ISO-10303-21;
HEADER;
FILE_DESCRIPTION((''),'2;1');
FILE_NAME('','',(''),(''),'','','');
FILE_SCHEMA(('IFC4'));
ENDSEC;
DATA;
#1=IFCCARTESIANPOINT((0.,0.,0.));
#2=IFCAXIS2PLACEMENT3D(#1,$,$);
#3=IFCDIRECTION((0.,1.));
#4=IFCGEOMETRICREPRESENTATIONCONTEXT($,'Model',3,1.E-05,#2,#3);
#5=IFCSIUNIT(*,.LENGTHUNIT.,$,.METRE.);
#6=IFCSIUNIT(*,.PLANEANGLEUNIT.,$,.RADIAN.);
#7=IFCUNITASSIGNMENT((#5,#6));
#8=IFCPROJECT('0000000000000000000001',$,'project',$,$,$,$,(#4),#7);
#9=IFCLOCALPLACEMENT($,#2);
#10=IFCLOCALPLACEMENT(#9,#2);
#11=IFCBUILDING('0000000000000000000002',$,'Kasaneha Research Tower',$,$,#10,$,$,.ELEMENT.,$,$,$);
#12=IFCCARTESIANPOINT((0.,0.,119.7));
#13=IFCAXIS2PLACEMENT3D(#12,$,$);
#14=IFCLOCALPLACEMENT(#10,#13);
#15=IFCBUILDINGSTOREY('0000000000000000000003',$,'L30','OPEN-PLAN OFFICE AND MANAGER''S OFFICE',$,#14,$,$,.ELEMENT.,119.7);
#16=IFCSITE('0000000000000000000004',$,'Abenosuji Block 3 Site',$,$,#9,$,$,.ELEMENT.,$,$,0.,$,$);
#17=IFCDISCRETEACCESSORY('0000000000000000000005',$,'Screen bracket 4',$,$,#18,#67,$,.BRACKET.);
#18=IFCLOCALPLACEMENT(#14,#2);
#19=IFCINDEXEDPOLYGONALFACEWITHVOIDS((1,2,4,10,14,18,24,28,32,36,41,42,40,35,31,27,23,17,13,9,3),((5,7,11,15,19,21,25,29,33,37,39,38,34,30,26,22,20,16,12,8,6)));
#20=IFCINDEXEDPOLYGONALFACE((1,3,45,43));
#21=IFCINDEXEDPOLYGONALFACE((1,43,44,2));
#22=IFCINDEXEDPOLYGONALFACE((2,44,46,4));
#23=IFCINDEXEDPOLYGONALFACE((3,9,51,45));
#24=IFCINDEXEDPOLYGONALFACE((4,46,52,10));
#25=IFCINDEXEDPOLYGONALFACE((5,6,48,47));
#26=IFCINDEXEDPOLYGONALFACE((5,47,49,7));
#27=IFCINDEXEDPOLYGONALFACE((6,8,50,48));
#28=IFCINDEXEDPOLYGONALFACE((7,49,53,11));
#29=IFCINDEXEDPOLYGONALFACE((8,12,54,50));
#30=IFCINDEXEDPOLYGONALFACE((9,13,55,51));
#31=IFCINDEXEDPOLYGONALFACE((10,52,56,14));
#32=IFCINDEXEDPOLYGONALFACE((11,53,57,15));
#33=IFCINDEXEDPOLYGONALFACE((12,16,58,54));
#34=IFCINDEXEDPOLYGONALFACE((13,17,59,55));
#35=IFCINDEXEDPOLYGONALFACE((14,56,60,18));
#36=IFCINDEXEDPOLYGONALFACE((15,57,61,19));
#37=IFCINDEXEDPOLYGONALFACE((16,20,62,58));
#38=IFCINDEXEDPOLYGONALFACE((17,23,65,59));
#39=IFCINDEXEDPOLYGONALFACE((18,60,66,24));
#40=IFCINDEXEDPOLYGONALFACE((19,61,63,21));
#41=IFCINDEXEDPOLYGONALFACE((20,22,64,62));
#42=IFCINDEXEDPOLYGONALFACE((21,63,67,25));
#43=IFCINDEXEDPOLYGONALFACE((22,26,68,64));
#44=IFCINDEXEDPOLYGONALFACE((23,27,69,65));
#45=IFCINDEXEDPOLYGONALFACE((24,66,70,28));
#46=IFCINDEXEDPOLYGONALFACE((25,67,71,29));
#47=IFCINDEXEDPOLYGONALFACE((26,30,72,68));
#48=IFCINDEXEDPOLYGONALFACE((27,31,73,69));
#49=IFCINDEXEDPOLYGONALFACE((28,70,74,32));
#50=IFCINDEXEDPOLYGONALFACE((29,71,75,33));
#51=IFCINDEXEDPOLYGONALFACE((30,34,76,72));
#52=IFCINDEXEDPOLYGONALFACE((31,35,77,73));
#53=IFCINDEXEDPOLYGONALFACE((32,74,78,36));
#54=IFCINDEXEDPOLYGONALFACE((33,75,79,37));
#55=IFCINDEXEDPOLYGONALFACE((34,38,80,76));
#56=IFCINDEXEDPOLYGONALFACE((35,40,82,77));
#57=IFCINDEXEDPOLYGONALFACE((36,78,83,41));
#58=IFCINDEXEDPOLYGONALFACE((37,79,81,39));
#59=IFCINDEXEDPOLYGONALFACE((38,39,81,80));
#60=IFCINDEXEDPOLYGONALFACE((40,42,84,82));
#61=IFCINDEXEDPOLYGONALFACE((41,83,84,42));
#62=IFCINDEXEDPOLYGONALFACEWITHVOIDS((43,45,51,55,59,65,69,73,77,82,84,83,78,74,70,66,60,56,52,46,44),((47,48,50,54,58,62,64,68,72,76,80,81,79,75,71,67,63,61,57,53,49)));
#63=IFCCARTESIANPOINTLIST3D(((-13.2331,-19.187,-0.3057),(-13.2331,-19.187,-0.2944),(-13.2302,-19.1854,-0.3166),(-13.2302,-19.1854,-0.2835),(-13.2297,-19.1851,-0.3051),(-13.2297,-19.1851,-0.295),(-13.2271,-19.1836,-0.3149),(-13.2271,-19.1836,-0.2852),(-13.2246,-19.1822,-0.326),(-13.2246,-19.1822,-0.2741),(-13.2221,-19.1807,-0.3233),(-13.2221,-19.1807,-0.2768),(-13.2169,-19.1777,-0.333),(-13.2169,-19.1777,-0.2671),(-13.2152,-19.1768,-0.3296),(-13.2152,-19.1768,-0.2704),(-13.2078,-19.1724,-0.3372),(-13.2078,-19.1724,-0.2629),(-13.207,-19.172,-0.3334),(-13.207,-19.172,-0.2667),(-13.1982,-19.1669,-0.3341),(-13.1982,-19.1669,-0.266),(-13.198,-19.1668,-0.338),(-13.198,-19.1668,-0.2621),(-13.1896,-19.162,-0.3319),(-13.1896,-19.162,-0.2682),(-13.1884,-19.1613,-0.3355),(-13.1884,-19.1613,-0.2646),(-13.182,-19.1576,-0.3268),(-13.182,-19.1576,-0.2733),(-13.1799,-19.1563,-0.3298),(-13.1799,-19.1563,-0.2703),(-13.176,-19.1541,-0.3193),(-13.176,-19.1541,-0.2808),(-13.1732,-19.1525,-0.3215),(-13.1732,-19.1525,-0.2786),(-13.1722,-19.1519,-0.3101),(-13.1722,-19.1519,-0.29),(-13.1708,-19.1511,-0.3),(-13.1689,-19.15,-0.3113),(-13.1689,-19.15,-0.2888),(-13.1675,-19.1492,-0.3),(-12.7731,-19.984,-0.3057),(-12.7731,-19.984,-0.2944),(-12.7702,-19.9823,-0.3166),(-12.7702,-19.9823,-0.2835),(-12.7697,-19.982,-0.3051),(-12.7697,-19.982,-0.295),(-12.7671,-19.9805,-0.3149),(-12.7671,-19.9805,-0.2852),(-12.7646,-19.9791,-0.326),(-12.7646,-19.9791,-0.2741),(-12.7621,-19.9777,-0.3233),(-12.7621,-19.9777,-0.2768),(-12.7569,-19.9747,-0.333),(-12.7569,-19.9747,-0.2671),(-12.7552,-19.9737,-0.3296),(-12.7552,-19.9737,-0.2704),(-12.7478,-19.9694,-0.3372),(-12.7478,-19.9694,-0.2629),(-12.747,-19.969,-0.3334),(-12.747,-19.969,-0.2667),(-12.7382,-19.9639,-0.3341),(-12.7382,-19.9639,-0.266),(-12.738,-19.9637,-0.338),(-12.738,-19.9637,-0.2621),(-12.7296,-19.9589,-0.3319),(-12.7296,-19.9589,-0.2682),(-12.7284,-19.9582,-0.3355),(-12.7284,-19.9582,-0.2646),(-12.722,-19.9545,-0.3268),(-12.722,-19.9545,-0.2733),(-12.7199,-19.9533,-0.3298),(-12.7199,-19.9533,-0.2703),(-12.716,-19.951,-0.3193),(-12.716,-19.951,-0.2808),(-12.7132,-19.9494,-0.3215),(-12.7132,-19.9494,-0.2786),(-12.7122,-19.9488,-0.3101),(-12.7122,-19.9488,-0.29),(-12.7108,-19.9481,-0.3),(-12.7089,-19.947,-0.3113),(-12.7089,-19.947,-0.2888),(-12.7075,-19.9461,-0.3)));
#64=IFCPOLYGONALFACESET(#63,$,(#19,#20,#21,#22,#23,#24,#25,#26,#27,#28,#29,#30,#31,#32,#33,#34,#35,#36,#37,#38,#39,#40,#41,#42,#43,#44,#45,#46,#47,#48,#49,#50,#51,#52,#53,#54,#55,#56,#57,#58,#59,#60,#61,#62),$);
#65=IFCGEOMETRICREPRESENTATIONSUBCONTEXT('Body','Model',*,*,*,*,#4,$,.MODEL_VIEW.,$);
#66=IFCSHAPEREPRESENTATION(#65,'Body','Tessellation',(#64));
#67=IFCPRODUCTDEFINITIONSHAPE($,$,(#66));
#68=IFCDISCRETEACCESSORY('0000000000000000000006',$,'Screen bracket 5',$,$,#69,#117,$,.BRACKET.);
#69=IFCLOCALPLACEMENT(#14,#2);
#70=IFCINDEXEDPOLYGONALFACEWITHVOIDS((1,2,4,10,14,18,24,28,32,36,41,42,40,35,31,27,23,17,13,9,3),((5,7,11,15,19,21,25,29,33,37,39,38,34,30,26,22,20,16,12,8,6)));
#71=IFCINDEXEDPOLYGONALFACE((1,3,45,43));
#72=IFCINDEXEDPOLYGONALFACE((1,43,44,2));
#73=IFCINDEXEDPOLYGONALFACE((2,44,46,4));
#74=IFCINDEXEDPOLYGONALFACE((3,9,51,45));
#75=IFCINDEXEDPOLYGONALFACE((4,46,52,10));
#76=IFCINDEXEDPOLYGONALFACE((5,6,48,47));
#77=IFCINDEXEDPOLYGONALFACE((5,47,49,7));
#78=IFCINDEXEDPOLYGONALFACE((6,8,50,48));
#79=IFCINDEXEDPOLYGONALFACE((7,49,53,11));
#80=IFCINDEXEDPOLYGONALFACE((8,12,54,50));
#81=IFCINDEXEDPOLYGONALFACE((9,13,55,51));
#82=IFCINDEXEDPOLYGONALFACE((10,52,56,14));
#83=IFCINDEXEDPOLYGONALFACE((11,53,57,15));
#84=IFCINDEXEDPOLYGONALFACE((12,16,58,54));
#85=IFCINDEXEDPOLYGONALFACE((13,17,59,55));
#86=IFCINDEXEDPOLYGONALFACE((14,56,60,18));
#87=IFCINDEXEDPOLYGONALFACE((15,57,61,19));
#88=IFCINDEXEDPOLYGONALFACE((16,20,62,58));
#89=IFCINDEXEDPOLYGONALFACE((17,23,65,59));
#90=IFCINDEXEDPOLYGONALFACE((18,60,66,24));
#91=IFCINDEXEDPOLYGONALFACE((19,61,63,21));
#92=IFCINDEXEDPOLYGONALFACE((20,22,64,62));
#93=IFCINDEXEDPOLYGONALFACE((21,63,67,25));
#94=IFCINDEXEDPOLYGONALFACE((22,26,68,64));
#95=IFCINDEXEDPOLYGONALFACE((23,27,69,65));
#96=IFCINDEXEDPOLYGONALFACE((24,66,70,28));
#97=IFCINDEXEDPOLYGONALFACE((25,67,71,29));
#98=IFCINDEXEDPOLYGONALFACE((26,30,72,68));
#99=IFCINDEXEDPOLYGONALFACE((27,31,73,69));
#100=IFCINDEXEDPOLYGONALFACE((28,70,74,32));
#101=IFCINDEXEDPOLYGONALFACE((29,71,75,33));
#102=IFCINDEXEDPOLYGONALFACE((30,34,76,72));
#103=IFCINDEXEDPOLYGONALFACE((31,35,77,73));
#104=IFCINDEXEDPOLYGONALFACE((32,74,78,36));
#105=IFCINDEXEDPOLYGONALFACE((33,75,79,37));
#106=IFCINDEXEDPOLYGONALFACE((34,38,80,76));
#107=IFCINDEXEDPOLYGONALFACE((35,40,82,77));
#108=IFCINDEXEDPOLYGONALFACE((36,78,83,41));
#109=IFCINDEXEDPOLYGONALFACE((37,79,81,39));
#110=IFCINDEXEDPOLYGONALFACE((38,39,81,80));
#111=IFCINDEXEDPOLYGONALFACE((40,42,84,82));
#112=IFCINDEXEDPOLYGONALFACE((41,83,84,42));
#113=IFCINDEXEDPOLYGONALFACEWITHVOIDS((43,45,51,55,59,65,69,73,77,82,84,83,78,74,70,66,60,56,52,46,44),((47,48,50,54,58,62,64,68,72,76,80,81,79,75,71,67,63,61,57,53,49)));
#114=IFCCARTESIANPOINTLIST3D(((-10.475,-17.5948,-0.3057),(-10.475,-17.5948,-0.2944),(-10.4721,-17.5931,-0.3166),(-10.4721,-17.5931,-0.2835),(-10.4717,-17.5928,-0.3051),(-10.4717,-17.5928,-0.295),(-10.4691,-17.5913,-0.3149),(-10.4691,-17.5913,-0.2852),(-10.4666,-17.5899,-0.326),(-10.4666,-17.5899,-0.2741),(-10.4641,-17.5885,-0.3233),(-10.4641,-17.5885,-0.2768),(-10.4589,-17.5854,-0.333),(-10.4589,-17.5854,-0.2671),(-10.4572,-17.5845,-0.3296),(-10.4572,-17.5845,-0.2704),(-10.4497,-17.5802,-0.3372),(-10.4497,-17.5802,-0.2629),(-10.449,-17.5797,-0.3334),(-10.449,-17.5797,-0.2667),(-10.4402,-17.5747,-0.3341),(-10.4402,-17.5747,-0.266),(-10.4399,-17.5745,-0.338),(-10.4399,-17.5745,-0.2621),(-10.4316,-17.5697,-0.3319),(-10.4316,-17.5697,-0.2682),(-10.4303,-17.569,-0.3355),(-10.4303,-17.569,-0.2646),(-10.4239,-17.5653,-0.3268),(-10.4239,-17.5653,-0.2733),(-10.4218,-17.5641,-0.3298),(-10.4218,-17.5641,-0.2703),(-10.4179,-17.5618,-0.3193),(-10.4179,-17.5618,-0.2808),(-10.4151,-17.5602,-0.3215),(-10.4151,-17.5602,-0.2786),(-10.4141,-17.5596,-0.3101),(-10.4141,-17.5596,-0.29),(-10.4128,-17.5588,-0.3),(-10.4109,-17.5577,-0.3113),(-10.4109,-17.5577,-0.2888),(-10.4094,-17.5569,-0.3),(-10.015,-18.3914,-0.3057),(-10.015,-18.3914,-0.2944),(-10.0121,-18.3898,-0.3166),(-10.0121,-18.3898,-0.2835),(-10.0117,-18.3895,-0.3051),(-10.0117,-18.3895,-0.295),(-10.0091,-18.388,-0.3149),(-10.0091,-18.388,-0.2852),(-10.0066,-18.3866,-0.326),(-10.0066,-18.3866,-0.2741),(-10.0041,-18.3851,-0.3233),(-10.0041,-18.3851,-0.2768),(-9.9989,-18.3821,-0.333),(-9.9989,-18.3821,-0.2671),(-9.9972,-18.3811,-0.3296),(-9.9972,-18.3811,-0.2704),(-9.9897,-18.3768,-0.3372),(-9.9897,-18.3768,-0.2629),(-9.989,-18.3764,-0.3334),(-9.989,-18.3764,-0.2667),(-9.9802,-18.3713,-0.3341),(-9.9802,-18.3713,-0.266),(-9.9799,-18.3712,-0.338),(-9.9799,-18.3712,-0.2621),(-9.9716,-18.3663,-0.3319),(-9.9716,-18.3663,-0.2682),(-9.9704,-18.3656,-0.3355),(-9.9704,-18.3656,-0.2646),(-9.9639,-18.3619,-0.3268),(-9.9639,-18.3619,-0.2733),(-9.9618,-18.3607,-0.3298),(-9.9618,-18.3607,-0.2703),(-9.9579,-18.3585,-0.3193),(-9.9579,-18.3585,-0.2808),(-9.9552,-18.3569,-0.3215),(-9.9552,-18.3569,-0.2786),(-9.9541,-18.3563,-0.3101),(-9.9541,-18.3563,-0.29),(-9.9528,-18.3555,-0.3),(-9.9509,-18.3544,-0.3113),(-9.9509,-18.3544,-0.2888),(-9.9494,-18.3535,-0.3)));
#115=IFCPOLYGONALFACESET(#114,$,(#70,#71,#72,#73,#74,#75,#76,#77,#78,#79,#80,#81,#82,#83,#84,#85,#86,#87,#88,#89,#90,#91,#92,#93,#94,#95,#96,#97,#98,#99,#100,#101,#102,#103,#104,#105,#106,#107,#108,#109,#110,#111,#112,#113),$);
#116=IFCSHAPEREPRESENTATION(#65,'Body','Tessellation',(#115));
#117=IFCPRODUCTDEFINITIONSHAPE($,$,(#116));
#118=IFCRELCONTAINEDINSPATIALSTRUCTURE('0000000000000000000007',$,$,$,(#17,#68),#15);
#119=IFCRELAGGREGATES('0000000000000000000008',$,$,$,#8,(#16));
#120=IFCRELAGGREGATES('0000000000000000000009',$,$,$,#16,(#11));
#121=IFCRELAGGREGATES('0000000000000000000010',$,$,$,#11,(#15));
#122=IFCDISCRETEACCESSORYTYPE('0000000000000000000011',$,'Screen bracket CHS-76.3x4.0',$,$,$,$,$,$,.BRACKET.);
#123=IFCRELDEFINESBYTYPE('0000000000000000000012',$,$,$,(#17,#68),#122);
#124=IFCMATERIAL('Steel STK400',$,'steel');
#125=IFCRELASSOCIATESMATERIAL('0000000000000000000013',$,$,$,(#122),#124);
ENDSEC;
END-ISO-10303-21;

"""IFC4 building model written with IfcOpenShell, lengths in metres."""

from ifc_helpers import new_model, si_unit, direction, frame, origin, origin_2d, place, context, subcontext, project, spatial, hollow_circle, extrude, material, material_profile, profile_set, type_object, element, save


model = new_model("IFC4")

# Units and contexts
model_context = context("Model", 3, precision=1e-05, world=origin(), true_north=direction((0.0, 1.0)))
body_context = subcontext(model_context, "Body", "Model", "MODEL_VIEW")
ifc_project = project(units=[si_unit("LENGTHUNIT", "METRE"), si_unit("PLANEANGLEUNIT", "RADIAN")], contexts=[model_context])

# Site, building, storey
site_placement = place(None, origin())
site = spatial("IfcSite", under=ifc_project, at=site_placement, Name="Abenosuji Block 3 Site", CompositionType="ELEMENT", RefElevation=0.0)
building_placement = place(site_placement, origin())
building = spatial("IfcBuilding", under=site, at=building_placement, Name="Kasaneha Research Tower", CompositionType="ELEMENT")
storey_placement = place(building_placement, frame((0.0, 0.0, 119.7)))
storey = spatial("IfcBuildingStorey", under=building, at=storey_placement, Name="L30", Description="OPEN-PLAN OFFICE AND MANAGER'S OFFICE", CompositionType="ELEMENT", Elevation=119.7)

# Discrete accessories
ifc_material_1 = material(Name="Steel STK400", Category="steel")
ifc_material_profile_1 = material_profile(ifc_material_1, hollow_circle(Radius=0.0381, WallThickness=0.0039, at=origin_2d()), Name="CHS-76.3x4.0")
ifc_profile_set_1 = profile_set([ifc_material_profile_1], Name="Steel STK400")
discrete_accessory_type = type_object("IfcDiscreteAccessoryType", Name="Screen bracket CHS-76.3x4.0", PredefinedType="BRACKET", material=ifc_profile_set_1)
discrete_accessory_1_placement = place(storey_placement, frame((-13.2004, -19.1682, -0.3), z_axis=(0.499906, -0.86608, 0.0), x_axis=(0.86608, 0.499906, 0.0)))
element("IfcDiscreteAccessory", 1, at=discrete_accessory_1_placement, inside=storey, type_object=discrete_accessory_type, Name="Screen bracket 4", PredefinedType="BRACKET", context=body_context, shape_type="SweptSolid", body=[
    extrude(hollow_circle(Radius=0.0381, WallThickness=0.0039, at=origin_2d()), origin(), (0.0, 0.0, 1.0), 0.9202),
])
discrete_accessory_2_placement = place(storey_placement, frame((-10.4424, -17.5759, -0.3), z_axis=(0.500021, -0.866013, 0.0), x_axis=(0.866013, 0.500021, 0.0)))
element("IfcDiscreteAccessory", 2, at=discrete_accessory_2_placement, inside=storey, type_object=discrete_accessory_type, Name="Screen bracket 5", PredefinedType="BRACKET", context=body_context, shape_type="SweptSolid", body=[
    extrude(hollow_circle(Radius=0.0381, WallThickness=0.0039, at=origin_2d()), origin(), (0.0, 0.0, 1.0), 0.9199),
])

save(model, "model.ifc")
